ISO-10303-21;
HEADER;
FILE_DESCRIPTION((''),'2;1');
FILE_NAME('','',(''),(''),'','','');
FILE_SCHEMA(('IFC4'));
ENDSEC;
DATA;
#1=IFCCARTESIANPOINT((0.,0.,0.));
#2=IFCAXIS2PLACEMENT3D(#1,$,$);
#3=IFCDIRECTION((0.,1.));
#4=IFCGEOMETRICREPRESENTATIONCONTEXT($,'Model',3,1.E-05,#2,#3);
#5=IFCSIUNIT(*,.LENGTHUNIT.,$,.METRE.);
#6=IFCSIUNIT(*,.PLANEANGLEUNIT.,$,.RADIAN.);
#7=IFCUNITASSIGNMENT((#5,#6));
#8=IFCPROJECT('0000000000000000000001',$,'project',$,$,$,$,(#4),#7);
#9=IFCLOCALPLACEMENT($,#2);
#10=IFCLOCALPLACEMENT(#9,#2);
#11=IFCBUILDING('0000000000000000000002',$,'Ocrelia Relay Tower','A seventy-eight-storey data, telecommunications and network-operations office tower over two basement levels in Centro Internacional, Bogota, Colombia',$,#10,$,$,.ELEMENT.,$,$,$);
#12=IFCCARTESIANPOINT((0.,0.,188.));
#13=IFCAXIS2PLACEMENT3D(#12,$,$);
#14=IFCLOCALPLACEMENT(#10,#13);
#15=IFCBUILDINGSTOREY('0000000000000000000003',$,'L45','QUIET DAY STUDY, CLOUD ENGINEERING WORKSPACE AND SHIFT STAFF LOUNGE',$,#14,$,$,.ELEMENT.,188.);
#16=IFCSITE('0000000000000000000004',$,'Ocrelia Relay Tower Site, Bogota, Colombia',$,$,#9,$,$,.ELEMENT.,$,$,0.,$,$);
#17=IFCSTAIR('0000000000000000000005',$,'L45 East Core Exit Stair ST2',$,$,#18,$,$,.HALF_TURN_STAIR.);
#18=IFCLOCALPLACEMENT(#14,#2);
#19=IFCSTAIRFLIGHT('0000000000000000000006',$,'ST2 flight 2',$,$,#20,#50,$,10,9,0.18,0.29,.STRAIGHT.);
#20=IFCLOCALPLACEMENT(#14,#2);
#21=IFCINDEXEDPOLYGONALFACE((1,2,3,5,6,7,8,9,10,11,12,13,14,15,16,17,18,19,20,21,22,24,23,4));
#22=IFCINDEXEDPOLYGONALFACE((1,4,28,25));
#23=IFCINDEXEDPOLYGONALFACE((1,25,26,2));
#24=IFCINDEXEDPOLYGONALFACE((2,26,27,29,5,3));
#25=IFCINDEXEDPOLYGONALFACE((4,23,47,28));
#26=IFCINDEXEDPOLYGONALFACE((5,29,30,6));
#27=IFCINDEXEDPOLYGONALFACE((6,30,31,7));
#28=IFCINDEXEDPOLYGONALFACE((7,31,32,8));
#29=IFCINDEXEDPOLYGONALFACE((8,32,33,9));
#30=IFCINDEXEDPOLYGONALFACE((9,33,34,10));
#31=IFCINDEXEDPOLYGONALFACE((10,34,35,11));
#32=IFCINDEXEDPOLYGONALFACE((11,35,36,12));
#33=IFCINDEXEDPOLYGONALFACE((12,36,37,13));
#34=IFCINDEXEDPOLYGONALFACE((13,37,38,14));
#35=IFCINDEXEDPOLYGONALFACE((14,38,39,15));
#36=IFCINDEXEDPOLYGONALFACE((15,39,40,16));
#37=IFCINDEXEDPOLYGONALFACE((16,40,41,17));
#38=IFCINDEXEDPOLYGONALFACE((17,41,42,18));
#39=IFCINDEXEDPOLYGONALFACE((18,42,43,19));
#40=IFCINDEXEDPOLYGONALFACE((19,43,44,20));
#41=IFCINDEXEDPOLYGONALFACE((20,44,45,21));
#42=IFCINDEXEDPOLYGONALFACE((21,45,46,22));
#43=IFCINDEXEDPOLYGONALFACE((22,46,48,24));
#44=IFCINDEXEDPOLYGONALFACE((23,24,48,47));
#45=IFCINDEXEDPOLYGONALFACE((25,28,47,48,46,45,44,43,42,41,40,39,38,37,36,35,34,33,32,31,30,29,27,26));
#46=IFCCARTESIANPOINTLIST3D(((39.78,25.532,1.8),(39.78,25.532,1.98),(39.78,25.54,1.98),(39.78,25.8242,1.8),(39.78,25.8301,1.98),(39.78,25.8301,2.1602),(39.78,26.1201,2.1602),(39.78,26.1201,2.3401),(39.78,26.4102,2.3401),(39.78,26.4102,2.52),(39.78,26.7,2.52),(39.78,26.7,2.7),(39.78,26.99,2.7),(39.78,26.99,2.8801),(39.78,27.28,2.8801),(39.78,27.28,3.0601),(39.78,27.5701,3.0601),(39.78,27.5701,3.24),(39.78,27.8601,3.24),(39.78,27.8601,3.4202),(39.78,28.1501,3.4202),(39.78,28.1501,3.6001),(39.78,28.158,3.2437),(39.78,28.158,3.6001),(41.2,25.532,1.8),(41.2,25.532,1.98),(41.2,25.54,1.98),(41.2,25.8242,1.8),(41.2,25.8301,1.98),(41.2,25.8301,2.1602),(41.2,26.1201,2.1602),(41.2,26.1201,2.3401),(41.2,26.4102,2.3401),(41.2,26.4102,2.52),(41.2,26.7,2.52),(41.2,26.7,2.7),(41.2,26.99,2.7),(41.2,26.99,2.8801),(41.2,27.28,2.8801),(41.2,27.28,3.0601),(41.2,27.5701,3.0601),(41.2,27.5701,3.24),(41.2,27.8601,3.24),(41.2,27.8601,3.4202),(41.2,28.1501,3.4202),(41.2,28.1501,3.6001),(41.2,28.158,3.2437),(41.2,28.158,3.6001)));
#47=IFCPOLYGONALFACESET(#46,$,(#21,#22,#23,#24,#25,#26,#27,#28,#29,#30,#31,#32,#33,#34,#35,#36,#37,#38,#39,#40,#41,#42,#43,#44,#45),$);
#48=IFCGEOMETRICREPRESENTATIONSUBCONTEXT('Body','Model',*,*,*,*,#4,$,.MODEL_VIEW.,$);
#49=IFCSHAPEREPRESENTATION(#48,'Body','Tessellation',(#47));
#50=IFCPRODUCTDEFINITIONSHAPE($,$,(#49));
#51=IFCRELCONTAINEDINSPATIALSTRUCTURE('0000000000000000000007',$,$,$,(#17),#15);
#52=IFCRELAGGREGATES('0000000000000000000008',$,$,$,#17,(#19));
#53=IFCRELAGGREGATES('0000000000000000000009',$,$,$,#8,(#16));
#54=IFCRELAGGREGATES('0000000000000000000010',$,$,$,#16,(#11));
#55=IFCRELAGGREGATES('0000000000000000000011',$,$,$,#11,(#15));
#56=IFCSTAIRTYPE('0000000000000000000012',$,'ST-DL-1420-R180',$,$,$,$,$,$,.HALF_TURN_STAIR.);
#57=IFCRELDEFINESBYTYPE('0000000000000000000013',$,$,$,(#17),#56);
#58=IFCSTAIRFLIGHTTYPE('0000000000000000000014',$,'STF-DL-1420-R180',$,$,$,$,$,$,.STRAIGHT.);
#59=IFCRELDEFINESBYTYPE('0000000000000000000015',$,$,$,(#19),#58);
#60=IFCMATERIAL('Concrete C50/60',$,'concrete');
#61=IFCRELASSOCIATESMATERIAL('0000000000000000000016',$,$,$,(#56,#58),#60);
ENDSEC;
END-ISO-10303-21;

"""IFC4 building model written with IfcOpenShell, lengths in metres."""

from ifc_helpers import new_model, si_unit, direction, frame, origin, place, context, subcontext, project, spatial, polyline, outline, extrude, material, type_object, element, aggregate, save


model = new_model("IFC4")

# Units and contexts
model_context = context("Model", 3, precision=1e-05, world=origin(), true_north=direction((0.0, 1.0)))
body_context = subcontext(model_context, "Body", "Model", "MODEL_VIEW")
ifc_project = project(units=[si_unit("LENGTHUNIT", "METRE"), si_unit("PLANEANGLEUNIT", "RADIAN")], contexts=[model_context])

# Site, building, storey
site_placement = place(None, origin())
site = spatial("IfcSite", under=ifc_project, at=site_placement, Name="Ocrelia Relay Tower Site, Bogota, Colombia", CompositionType="ELEMENT", RefElevation=0.0)
building_placement = place(site_placement, origin())
building = spatial("IfcBuilding", under=site, at=building_placement, Name="Ocrelia Relay Tower", Description="A seventy-eight-storey data, telecommunications and network-operations office tower over two basement levels in Centro Internacional, Bogota, Colombia", CompositionType="ELEMENT")
storey_placement = place(building_placement, frame((0.0, 0.0, 188.0)))
storey = spatial("IfcBuildingStorey", under=building, at=storey_placement, Name="L45", Description="QUIET DAY STUDY, CLOUD ENGINEERING WORKSPACE AND SHIFT STAFF LOUNGE", CompositionType="ELEMENT", Elevation=188.0)

# Shared definitions
ifc_material_1 = material(Name="Concrete C50/60", Category="concrete")

# Stair, stair flight
stair_type = type_object("IfcStairType", Name="ST-DL-1420-R180", PredefinedType="HALF_TURN_STAIR", material=ifc_material_1)
stair_placement = place(storey_placement, origin())
stair = element("IfcStair", 1, at=stair_placement, inside=storey, type_object=stair_type, Name="L45 East Core Exit Stair ST2", PredefinedType="HALF_TURN_STAIR")
stair_flight_type = type_object("IfcStairFlightType", Name="STF-DL-1420-R180", PredefinedType="STRAIGHT", material=ifc_material_1)
stair_flight_placement = place(storey_placement, frame((40.49, 25.54, 1.8), z_axis=(0.0, 0.0, 1.0), x_axis=(0.0, 1.0, 0.0)))
stair_flight = element("IfcStairFlight", 2, at=stair_flight_placement, type_object=stair_flight_type, Name="ST2 flight 2", NumberOfRisers=10, NumberOfTreads=9, PredefinedType="STRAIGHT", RiserHeight=0.18, TreadLength=0.29, context=body_context, shape_type="SweptSolid", body=[
    extrude(outline(polyline([(-0.0081, 0.0), (-0.0081, 0.1799), (0.0, 0.1799), (0.29, 0.1799), (0.29, 0.3601), (0.5801, 0.3601), (0.5801, 0.54), (0.8701, 0.54), (0.8701, 0.72), (1.1599, 0.72), (1.1599, 0.8999), (1.45, 0.8999), (1.45, 1.0801), (1.74, 1.0801), (1.74, 1.26), (2.03, 1.26), (2.03, 1.4399), (2.3201, 1.4399), (2.3201, 1.6201), (2.6101, 1.6201), (2.6101, 1.8), (2.6179, 1.8), (2.6179, 1.4436), (0.2842, 0.0), (-0.0081, 0.0)])), frame((0.0, 0.71, 0.0), z_axis=(0.0, -1.0, 0.0), x_axis=(1.0, 0.0, 0.0)), (0.0, 0.0, 1.0), 1.4199),
])
aggregate(stair, [stair_flight])

save(model, "model.ifc")
